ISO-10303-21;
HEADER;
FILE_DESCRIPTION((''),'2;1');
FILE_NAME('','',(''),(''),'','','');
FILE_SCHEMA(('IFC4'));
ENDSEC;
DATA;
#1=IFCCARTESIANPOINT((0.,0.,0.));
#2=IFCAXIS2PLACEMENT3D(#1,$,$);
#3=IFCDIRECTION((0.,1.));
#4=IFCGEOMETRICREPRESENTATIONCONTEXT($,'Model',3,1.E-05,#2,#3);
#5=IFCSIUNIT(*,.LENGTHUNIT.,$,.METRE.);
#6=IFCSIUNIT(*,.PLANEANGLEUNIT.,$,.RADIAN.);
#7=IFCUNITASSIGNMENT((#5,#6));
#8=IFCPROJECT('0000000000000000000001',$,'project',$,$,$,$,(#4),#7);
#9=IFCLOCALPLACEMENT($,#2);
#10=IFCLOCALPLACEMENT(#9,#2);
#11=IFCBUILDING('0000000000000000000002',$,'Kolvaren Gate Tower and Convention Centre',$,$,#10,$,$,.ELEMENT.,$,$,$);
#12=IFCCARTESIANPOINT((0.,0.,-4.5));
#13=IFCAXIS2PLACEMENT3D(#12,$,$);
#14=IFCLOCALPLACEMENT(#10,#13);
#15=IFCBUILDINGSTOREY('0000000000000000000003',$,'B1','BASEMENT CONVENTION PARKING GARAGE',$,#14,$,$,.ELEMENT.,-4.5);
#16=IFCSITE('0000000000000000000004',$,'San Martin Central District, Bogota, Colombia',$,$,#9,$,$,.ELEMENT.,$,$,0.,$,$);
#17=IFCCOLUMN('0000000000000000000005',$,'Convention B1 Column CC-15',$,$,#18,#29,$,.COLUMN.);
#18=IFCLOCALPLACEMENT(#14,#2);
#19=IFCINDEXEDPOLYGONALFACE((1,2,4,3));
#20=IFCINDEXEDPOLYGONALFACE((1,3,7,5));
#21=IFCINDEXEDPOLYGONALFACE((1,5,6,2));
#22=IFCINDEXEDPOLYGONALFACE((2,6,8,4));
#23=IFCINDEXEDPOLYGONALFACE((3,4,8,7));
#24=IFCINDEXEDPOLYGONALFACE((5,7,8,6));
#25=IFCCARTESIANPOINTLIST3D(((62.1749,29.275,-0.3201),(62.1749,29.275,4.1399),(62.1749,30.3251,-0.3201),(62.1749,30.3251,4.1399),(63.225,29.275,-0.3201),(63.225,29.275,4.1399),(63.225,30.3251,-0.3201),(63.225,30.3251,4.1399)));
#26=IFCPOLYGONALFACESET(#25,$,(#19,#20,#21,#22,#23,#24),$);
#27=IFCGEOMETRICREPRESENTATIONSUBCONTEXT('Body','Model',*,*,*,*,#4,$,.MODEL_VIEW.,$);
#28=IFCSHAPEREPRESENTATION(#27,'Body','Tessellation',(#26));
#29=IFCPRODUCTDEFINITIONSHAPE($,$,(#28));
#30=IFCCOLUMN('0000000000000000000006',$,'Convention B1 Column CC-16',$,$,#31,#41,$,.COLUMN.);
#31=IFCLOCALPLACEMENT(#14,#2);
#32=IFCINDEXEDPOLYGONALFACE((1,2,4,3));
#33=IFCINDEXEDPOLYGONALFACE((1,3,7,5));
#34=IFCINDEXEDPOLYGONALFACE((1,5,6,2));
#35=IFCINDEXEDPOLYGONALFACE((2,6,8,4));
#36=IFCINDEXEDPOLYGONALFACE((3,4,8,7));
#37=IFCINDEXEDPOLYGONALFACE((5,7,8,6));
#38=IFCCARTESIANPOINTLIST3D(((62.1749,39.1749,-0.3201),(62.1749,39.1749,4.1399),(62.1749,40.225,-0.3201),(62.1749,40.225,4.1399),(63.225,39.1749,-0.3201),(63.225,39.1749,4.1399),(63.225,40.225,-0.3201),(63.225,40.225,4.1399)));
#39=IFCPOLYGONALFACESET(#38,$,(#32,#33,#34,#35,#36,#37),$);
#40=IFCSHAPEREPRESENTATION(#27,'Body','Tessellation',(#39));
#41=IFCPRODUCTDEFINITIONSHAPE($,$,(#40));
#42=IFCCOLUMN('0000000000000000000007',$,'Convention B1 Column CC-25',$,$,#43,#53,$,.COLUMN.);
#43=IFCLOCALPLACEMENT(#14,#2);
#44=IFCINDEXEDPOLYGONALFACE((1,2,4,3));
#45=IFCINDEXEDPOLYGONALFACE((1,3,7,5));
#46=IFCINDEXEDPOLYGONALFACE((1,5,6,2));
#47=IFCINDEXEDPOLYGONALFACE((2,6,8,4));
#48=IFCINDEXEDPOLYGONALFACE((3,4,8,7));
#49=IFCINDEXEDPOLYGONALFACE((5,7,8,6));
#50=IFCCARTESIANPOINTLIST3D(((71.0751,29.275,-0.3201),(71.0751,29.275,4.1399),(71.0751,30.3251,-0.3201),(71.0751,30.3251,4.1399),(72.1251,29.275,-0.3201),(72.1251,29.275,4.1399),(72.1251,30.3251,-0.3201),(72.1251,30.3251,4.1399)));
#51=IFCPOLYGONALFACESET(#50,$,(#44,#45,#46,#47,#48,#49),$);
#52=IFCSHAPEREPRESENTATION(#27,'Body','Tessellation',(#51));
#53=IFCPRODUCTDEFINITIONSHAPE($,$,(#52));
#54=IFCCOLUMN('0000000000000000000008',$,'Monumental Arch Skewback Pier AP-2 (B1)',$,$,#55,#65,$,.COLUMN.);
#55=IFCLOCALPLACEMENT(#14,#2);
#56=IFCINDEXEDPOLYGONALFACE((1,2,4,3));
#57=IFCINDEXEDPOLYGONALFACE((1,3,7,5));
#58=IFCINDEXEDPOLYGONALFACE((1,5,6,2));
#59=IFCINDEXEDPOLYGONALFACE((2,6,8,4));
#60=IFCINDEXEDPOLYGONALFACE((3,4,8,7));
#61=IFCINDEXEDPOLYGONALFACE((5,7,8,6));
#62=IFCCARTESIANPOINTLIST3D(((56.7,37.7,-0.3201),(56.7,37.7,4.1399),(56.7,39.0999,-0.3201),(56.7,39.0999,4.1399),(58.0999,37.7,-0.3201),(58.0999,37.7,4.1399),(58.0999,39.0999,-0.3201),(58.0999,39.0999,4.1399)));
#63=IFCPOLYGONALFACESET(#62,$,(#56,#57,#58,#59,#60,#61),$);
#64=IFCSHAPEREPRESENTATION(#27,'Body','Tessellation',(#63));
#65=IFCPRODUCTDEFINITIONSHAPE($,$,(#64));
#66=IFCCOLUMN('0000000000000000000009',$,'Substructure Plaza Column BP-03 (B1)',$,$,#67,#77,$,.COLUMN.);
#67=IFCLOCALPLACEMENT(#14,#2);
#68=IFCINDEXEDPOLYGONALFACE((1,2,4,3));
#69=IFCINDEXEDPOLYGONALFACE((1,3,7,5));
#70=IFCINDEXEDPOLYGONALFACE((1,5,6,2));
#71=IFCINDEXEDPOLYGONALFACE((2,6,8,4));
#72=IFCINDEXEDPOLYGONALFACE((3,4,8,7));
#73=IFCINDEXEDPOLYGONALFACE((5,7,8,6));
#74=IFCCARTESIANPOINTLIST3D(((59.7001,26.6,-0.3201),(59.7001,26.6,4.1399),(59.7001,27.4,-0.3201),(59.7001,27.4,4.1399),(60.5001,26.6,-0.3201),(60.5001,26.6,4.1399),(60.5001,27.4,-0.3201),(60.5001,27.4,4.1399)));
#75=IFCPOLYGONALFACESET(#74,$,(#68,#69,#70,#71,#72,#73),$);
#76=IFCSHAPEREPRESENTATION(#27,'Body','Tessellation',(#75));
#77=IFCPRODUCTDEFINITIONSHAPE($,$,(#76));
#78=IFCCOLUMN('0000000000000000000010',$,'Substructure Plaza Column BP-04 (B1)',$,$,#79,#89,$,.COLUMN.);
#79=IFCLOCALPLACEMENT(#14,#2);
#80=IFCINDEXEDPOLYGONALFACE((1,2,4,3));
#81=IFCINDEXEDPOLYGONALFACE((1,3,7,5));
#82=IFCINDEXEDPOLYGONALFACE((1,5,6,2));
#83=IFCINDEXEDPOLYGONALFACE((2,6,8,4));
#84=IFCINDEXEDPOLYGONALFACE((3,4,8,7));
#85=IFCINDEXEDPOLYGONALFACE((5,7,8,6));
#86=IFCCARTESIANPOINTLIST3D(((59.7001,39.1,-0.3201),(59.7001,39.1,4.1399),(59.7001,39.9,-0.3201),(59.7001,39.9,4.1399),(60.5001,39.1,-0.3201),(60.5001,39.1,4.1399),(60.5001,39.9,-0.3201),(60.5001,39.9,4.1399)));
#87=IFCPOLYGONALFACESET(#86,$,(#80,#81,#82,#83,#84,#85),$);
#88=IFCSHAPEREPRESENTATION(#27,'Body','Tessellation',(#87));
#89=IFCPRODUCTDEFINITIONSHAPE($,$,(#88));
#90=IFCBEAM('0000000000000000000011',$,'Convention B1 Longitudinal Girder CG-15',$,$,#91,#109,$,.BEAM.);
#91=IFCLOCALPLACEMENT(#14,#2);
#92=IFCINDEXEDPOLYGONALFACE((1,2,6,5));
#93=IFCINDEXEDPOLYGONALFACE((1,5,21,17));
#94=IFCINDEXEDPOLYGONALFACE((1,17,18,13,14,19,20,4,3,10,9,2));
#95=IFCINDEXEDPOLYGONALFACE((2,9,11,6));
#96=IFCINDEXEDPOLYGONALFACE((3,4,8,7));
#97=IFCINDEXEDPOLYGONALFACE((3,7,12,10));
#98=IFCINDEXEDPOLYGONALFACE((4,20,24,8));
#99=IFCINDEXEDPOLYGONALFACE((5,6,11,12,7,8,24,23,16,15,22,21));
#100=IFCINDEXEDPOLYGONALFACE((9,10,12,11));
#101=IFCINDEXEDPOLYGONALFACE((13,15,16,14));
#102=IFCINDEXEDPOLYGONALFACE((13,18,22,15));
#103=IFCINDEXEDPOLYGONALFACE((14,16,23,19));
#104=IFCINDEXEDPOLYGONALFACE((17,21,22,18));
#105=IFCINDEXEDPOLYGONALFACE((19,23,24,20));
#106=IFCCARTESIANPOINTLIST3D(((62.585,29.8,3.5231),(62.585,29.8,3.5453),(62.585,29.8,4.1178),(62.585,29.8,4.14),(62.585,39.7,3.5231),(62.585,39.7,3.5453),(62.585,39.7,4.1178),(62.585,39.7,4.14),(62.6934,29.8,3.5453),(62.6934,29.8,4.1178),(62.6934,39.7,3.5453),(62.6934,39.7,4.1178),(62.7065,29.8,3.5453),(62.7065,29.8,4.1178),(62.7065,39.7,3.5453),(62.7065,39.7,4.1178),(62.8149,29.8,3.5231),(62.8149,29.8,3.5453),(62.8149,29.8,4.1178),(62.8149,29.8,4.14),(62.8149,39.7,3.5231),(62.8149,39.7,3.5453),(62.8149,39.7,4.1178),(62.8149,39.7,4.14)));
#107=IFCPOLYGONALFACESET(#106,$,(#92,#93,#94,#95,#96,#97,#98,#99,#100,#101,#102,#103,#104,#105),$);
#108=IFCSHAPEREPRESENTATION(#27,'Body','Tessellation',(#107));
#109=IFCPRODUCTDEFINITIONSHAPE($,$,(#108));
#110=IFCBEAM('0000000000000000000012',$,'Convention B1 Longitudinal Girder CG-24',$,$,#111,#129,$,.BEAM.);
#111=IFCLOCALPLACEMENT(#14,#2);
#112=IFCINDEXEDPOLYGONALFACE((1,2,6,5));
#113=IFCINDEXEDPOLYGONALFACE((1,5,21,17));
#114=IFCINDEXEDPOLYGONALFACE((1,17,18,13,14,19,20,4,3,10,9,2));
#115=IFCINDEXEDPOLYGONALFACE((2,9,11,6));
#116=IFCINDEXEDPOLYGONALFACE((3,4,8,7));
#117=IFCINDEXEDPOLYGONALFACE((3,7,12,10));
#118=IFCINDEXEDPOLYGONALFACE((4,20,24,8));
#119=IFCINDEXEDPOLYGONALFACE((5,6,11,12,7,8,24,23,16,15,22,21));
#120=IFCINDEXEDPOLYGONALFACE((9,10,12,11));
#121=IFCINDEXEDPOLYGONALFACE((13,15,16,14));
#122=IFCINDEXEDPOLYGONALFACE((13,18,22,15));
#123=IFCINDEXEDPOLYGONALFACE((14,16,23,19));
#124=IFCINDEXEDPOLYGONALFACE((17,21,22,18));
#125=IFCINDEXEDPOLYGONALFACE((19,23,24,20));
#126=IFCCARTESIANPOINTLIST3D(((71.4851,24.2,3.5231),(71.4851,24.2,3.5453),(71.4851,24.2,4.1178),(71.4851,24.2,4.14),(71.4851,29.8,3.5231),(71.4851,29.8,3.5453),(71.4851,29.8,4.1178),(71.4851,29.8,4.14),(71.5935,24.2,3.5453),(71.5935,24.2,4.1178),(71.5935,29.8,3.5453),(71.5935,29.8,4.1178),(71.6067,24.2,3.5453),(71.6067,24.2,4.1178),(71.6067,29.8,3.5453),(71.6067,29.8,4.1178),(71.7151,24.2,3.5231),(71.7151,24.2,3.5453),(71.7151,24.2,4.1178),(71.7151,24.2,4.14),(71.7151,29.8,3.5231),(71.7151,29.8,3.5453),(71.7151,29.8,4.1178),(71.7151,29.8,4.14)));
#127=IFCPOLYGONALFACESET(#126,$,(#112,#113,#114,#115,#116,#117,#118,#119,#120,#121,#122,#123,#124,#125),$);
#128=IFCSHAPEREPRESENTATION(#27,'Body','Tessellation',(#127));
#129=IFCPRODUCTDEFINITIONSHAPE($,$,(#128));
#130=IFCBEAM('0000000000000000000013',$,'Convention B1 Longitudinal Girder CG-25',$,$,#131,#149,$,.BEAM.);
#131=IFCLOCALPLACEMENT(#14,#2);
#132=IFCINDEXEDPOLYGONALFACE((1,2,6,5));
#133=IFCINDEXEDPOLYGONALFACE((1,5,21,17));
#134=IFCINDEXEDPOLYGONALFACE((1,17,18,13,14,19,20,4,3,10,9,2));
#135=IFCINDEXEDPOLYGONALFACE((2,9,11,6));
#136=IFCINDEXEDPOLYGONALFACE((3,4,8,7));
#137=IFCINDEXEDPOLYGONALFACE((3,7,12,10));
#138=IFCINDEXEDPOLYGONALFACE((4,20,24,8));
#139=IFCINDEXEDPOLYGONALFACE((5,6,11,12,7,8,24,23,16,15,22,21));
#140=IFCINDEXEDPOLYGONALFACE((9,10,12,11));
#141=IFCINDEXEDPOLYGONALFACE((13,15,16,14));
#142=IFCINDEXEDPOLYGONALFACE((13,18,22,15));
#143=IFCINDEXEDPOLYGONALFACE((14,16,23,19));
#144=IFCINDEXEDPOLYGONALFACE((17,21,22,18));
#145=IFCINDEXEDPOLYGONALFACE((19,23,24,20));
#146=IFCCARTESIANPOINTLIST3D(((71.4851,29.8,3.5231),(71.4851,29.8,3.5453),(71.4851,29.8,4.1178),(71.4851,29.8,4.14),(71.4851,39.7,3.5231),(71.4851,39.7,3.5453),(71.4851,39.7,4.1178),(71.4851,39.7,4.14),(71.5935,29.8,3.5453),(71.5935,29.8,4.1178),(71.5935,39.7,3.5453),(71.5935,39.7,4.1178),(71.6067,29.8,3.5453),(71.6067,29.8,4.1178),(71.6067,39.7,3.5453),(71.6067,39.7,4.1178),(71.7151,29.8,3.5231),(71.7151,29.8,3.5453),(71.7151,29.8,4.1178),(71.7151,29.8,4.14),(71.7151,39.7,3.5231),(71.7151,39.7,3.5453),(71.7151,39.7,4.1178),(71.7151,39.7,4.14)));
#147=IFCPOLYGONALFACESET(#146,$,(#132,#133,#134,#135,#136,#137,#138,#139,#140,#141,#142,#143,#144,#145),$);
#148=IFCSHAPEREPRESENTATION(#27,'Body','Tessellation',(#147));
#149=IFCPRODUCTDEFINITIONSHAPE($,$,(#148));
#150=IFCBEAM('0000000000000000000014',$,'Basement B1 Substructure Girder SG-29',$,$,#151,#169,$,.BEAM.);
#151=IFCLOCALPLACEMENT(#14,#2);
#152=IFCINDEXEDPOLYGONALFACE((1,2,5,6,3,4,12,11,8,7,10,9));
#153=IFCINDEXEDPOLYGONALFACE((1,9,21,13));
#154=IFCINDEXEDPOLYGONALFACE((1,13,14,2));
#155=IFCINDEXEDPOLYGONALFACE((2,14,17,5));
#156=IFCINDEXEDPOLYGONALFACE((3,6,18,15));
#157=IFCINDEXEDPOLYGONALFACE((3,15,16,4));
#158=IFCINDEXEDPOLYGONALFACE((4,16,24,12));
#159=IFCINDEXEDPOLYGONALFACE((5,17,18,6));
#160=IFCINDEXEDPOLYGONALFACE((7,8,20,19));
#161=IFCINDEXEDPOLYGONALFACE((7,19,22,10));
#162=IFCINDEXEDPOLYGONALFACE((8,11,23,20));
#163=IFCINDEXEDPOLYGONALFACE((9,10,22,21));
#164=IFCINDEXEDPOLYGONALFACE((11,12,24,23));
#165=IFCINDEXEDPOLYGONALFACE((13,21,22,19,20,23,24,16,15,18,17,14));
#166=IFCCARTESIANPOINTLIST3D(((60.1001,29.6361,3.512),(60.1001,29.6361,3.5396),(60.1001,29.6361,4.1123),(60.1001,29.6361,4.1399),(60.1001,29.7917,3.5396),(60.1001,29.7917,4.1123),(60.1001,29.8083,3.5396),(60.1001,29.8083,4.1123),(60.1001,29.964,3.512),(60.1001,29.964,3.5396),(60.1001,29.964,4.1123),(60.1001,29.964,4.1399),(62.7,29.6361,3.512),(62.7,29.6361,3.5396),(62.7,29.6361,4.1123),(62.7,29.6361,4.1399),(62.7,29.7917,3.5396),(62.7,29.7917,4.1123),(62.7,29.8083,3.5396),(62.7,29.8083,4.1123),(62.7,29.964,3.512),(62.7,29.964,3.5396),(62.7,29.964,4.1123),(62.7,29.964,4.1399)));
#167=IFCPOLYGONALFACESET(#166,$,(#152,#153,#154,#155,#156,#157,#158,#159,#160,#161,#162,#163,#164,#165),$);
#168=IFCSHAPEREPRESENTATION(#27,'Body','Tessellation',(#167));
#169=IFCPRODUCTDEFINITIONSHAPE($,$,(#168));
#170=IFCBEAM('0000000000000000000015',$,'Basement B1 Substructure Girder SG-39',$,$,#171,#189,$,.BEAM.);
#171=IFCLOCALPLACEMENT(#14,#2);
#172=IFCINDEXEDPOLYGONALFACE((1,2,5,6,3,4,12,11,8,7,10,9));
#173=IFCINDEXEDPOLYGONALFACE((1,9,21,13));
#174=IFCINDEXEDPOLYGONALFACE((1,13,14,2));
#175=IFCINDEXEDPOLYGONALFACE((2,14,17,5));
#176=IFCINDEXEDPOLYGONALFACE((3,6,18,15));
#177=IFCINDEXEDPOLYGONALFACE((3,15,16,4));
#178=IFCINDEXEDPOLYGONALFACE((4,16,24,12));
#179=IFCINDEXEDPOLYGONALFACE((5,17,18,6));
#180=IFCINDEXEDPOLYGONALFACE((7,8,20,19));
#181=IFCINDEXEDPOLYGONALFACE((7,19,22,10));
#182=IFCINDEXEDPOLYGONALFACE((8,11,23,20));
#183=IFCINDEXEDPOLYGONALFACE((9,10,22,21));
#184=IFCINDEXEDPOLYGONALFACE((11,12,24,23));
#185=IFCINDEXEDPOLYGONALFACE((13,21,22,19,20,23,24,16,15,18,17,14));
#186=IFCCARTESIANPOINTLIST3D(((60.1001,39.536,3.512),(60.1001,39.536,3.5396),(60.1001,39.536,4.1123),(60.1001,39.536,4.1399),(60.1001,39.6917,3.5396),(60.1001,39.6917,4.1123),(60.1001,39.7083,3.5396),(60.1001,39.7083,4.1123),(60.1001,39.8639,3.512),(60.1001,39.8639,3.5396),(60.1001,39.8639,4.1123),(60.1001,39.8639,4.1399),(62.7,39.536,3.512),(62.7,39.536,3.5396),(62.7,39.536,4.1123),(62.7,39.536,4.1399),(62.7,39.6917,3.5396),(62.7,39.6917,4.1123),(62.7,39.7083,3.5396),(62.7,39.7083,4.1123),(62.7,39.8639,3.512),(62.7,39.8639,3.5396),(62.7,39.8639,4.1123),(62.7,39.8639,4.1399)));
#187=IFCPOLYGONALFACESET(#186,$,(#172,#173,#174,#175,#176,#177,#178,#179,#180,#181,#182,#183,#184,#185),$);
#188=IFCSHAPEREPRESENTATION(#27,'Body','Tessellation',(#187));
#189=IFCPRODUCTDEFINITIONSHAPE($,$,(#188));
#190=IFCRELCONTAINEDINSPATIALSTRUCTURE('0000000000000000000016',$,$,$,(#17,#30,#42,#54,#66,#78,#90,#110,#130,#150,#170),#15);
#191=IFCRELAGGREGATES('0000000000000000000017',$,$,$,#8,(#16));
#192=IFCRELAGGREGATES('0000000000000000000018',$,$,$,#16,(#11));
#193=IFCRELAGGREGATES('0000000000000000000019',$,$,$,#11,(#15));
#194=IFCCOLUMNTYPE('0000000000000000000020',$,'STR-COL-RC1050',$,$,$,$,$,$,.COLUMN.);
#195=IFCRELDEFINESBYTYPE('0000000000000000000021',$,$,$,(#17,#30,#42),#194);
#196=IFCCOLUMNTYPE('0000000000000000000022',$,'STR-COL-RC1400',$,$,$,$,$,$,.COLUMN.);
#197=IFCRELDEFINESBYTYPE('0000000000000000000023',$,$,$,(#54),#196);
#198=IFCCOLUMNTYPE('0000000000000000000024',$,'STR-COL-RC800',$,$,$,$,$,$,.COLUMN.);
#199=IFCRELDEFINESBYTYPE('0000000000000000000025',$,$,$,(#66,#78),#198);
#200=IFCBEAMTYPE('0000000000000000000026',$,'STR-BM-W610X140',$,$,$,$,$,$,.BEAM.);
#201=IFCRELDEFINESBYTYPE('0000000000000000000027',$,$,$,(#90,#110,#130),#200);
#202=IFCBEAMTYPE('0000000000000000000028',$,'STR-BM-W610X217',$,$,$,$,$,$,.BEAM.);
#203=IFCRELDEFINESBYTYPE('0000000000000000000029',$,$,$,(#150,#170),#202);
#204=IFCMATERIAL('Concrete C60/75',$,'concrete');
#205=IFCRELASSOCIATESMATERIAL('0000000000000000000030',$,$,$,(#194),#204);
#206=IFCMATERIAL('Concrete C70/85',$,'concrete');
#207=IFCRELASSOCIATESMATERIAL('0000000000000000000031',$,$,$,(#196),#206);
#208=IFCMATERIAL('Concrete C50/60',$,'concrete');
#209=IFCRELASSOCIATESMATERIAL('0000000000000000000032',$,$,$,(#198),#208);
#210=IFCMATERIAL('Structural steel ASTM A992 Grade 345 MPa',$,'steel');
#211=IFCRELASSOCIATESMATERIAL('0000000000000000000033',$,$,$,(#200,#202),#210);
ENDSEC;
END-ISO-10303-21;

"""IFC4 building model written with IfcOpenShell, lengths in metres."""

from ifc_helpers import new_model, si_unit, direction, frame, origin, origin_2d, place, context, subcontext, project, spatial, rectangle, i_section, extrude, material, material_profile, profile_set, type_object, element, save


model = new_model("IFC4")

# Units and contexts
model_context = context("Model", 3, precision=1e-05, world=origin(), true_north=direction((0.0, 1.0)))
body_context = subcontext(model_context, "Body", "Model", "MODEL_VIEW")
ifc_project = project(units=[si_unit("LENGTHUNIT", "METRE"), si_unit("PLANEANGLEUNIT", "RADIAN")], contexts=[model_context])

# Site, building, storey
site_placement = place(None, origin())
site = spatial("IfcSite", under=ifc_project, at=site_placement, Name="San Martin Central District, Bogota, Colombia", CompositionType="ELEMENT", RefElevation=0.0)
building_placement = place(site_placement, origin())
building = spatial("IfcBuilding", under=site, at=building_placement, Name="Kolvaren Gate Tower and Convention Centre", CompositionType="ELEMENT")
storey_placement = place(building_placement, frame((0.0, 0.0, -4.5)))
storey = spatial("IfcBuildingStorey", under=building, at=storey_placement, Name="B1", Description="BASEMENT CONVENTION PARKING GARAGE", CompositionType="ELEMENT", Elevation=-4.5)

# Columns
ifc_material_1 = material(Name="Concrete C60/75", Category="concrete")
ifc_material_profile_1 = material_profile(ifc_material_1, rectangle(XDim=1.05, YDim=1.05, at=origin_2d()), Name="RC-COL-1050X1050")
ifc_profile_set_1 = profile_set([ifc_material_profile_1], Name="Concrete C60/75")
column_type_1 = type_object("IfcColumnType", Name="STR-COL-RC1050", PredefinedType="COLUMN", material=ifc_profile_set_1)
for number, where, z_axis, x_axis, name in (
    (1, (62.7, 29.8, -0.3201), (0.0, 0.0, 1.0), (1.0, 0.0, 0.0), "Convention B1 Column CC-15"),
    (2, (62.7, 39.7, -0.3201), (0.0, 0.0, 1.0), (1.0, 0.0, 0.0), "Convention B1 Column CC-16"),
    (3, (71.6001, 29.8, -0.3201), (0.0, 0.0, 1.0), (1.0, 0.0, 0.0), "Convention B1 Column CC-25"),
):
    element("IfcColumn", number, at=place(storey_placement, frame(where, z_axis=z_axis, x_axis=x_axis)), inside=storey, type_object=column_type_1, Name=name, PredefinedType="COLUMN", context=body_context, shape_type="SweptSolid", body=[
        extrude(rectangle(XDim=1.05, YDim=1.05, at=origin_2d()), origin(), (0.0, 0.0, 1.0), 4.46),
    ])
ifc_material_2 = material(Name="Concrete C70/85", Category="concrete")
ifc_material_profile_2 = material_profile(ifc_material_2, rectangle(XDim=1.3999, YDim=1.3999, at=origin_2d()), Name="RC-COL-1400X1400")
ifc_profile_set_2 = profile_set([ifc_material_profile_2], Name="Concrete C70/85")
column_type_2 = type_object("IfcColumnType", Name="STR-COL-RC1400", PredefinedType="COLUMN", material=ifc_profile_set_2)
column_placement = place(storey_placement, frame((57.3999, 38.3999, -0.3201), z_axis=(0.0, 0.0, 1.0), x_axis=(1.0, 0.0, 0.0)))
element("IfcColumn", 4, at=column_placement, inside=storey, type_object=column_type_2, Name="Monumental Arch Skewback Pier AP-2 (B1)", PredefinedType="COLUMN", context=body_context, shape_type="SweptSolid", body=[
    extrude(rectangle(XDim=1.3999, YDim=1.3999, at=origin_2d()), origin(), (0.0, 0.0, 1.0), 4.46),
])
ifc_material_3 = material(Name="Concrete C50/60", Category="concrete")
ifc_material_profile_3 = material_profile(ifc_material_3, rectangle(XDim=0.8, YDim=0.8, at=origin_2d()), Name="RC-COL-800X800")
ifc_profile_set_3 = profile_set([ifc_material_profile_3], Name="Concrete C50/60")
column_type_3 = type_object("IfcColumnType", Name="STR-COL-RC800", PredefinedType="COLUMN", material=ifc_profile_set_3)
for number, where, z_axis, x_axis, name in (
    (5, (60.1001, 27.0, -0.3201), (0.0, 0.0, 1.0), (1.0, 0.0, 0.0), "Substructure Plaza Column BP-03 (B1)"),
    (6, (60.1001, 39.5, -0.3201), (0.0, 0.0, 1.0), (1.0, 0.0, 0.0), "Substructure Plaza Column BP-04 (B1)"),
):
    element("IfcColumn", number, at=place(storey_placement, frame(where, z_axis=z_axis, x_axis=x_axis)), inside=storey, type_object=column_type_3, Name=name, PredefinedType="COLUMN", context=body_context, shape_type="SweptSolid", body=[
        extrude(rectangle(XDim=0.8, YDim=0.8, at=origin_2d()), origin(), (0.0, 0.0, 1.0), 4.46),
    ])

# Beams
ifc_material_4 = material(Name="Structural steel ASTM A992 Grade 345 MPa", Category="steel")
ifc_material_profile_4 = material_profile(ifc_material_4, i_section(OverallWidth=0.23, OverallDepth=0.6169, WebThickness=0.0132, FlangeThickness=0.0222, at=origin_2d()), Name="W610X140")
ifc_profile_set_4 = profile_set([ifc_material_profile_4], Name="Structural steel ASTM A992 Grade 345 MPa")
beam_type_1 = type_object("IfcBeamType", Name="STR-BM-W610X140", PredefinedType="BEAM", material=ifc_profile_set_4)
beam_1_placement = place(storey_placement, frame((62.7, 29.8, 3.8315), z_axis=(0.0, 1.0, 0.0), x_axis=(-1.0, 0.0, 0.0)))
element("IfcBeam", 7, at=beam_1_placement, inside=storey, type_object=beam_type_1, Name="Convention B1 Longitudinal Girder CG-15", PredefinedType="BEAM", context=body_context, shape_type="SweptSolid", body=[
    extrude(i_section(OverallWidth=0.23, OverallDepth=0.6169, WebThickness=0.0132, FlangeThickness=0.0222, at=origin_2d()), origin(), (0.0, 0.0, 1.0), 9.8999),
])
beam_2_placement = place(storey_placement, frame((71.6001, 24.2, 3.8315), z_axis=(0.0, 1.0, 0.0), x_axis=(-1.0, 0.0, 0.0)))
element("IfcBeam", 8, at=beam_2_placement, inside=storey, type_object=beam_type_1, Name="Convention B1 Longitudinal Girder CG-24", PredefinedType="BEAM", context=body_context, shape_type="SweptSolid", body=[
    extrude(i_section(OverallWidth=0.23, OverallDepth=0.6169, WebThickness=0.0132, FlangeThickness=0.0222, at=origin_2d()), origin(), (0.0, 0.0, 1.0), 5.6001),
])
beam_3_placement = place(storey_placement, frame((71.6001, 29.8, 3.8315), z_axis=(0.0, 1.0, 0.0), x_axis=(-1.0, 0.0, 0.0)))
element("IfcBeam", 9, at=beam_3_placement, inside=storey, type_object=beam_type_1, Name="Convention B1 Longitudinal Girder CG-25", PredefinedType="BEAM", context=body_context, shape_type="SweptSolid", body=[
    extrude(i_section(OverallWidth=0.23, OverallDepth=0.6169, WebThickness=0.0132, FlangeThickness=0.0222, at=origin_2d()), origin(), (0.0, 0.0, 1.0), 9.8999),
])
ifc_material_profile_5 = material_profile(ifc_material_4, i_section(OverallWidth=0.3279, OverallDepth=0.6279, WebThickness=0.0166, FlangeThickness=0.0276, at=origin_2d()), Name="W610X217")
ifc_profile_set_5 = profile_set([ifc_material_profile_5], Name="Structural steel ASTM A992 Grade 345 MPa")
beam_type_2 = type_object("IfcBeamType", Name="STR-BM-W610X217", PredefinedType="BEAM", material=ifc_profile_set_5)
for number, where, z_axis, x_axis, name in (
    (10, (60.1001, 29.8, 3.8259), (1.0, 0.0, 0.0), (0.0, 1.0, 0.0), "Basement B1 Substructure Girder SG-29"),
    (11, (60.1001, 39.7, 3.8259), (1.0, 0.0, 0.0), (0.0, 1.0, 0.0), "Basement B1 Substructure Girder SG-39"),
):
    element("IfcBeam", number, at=place(storey_placement, frame(where, z_axis=z_axis, x_axis=x_axis)), inside=storey, type_object=beam_type_2, Name=name, PredefinedType="BEAM", context=body_context, shape_type="SweptSolid", body=[
        extrude(i_section(OverallWidth=0.3279, OverallDepth=0.6279, WebThickness=0.0166, FlangeThickness=0.0276, at=origin_2d()), origin(), (0.0, 0.0, 1.0), 2.5999),
    ])

save(model, "model.ifc")
